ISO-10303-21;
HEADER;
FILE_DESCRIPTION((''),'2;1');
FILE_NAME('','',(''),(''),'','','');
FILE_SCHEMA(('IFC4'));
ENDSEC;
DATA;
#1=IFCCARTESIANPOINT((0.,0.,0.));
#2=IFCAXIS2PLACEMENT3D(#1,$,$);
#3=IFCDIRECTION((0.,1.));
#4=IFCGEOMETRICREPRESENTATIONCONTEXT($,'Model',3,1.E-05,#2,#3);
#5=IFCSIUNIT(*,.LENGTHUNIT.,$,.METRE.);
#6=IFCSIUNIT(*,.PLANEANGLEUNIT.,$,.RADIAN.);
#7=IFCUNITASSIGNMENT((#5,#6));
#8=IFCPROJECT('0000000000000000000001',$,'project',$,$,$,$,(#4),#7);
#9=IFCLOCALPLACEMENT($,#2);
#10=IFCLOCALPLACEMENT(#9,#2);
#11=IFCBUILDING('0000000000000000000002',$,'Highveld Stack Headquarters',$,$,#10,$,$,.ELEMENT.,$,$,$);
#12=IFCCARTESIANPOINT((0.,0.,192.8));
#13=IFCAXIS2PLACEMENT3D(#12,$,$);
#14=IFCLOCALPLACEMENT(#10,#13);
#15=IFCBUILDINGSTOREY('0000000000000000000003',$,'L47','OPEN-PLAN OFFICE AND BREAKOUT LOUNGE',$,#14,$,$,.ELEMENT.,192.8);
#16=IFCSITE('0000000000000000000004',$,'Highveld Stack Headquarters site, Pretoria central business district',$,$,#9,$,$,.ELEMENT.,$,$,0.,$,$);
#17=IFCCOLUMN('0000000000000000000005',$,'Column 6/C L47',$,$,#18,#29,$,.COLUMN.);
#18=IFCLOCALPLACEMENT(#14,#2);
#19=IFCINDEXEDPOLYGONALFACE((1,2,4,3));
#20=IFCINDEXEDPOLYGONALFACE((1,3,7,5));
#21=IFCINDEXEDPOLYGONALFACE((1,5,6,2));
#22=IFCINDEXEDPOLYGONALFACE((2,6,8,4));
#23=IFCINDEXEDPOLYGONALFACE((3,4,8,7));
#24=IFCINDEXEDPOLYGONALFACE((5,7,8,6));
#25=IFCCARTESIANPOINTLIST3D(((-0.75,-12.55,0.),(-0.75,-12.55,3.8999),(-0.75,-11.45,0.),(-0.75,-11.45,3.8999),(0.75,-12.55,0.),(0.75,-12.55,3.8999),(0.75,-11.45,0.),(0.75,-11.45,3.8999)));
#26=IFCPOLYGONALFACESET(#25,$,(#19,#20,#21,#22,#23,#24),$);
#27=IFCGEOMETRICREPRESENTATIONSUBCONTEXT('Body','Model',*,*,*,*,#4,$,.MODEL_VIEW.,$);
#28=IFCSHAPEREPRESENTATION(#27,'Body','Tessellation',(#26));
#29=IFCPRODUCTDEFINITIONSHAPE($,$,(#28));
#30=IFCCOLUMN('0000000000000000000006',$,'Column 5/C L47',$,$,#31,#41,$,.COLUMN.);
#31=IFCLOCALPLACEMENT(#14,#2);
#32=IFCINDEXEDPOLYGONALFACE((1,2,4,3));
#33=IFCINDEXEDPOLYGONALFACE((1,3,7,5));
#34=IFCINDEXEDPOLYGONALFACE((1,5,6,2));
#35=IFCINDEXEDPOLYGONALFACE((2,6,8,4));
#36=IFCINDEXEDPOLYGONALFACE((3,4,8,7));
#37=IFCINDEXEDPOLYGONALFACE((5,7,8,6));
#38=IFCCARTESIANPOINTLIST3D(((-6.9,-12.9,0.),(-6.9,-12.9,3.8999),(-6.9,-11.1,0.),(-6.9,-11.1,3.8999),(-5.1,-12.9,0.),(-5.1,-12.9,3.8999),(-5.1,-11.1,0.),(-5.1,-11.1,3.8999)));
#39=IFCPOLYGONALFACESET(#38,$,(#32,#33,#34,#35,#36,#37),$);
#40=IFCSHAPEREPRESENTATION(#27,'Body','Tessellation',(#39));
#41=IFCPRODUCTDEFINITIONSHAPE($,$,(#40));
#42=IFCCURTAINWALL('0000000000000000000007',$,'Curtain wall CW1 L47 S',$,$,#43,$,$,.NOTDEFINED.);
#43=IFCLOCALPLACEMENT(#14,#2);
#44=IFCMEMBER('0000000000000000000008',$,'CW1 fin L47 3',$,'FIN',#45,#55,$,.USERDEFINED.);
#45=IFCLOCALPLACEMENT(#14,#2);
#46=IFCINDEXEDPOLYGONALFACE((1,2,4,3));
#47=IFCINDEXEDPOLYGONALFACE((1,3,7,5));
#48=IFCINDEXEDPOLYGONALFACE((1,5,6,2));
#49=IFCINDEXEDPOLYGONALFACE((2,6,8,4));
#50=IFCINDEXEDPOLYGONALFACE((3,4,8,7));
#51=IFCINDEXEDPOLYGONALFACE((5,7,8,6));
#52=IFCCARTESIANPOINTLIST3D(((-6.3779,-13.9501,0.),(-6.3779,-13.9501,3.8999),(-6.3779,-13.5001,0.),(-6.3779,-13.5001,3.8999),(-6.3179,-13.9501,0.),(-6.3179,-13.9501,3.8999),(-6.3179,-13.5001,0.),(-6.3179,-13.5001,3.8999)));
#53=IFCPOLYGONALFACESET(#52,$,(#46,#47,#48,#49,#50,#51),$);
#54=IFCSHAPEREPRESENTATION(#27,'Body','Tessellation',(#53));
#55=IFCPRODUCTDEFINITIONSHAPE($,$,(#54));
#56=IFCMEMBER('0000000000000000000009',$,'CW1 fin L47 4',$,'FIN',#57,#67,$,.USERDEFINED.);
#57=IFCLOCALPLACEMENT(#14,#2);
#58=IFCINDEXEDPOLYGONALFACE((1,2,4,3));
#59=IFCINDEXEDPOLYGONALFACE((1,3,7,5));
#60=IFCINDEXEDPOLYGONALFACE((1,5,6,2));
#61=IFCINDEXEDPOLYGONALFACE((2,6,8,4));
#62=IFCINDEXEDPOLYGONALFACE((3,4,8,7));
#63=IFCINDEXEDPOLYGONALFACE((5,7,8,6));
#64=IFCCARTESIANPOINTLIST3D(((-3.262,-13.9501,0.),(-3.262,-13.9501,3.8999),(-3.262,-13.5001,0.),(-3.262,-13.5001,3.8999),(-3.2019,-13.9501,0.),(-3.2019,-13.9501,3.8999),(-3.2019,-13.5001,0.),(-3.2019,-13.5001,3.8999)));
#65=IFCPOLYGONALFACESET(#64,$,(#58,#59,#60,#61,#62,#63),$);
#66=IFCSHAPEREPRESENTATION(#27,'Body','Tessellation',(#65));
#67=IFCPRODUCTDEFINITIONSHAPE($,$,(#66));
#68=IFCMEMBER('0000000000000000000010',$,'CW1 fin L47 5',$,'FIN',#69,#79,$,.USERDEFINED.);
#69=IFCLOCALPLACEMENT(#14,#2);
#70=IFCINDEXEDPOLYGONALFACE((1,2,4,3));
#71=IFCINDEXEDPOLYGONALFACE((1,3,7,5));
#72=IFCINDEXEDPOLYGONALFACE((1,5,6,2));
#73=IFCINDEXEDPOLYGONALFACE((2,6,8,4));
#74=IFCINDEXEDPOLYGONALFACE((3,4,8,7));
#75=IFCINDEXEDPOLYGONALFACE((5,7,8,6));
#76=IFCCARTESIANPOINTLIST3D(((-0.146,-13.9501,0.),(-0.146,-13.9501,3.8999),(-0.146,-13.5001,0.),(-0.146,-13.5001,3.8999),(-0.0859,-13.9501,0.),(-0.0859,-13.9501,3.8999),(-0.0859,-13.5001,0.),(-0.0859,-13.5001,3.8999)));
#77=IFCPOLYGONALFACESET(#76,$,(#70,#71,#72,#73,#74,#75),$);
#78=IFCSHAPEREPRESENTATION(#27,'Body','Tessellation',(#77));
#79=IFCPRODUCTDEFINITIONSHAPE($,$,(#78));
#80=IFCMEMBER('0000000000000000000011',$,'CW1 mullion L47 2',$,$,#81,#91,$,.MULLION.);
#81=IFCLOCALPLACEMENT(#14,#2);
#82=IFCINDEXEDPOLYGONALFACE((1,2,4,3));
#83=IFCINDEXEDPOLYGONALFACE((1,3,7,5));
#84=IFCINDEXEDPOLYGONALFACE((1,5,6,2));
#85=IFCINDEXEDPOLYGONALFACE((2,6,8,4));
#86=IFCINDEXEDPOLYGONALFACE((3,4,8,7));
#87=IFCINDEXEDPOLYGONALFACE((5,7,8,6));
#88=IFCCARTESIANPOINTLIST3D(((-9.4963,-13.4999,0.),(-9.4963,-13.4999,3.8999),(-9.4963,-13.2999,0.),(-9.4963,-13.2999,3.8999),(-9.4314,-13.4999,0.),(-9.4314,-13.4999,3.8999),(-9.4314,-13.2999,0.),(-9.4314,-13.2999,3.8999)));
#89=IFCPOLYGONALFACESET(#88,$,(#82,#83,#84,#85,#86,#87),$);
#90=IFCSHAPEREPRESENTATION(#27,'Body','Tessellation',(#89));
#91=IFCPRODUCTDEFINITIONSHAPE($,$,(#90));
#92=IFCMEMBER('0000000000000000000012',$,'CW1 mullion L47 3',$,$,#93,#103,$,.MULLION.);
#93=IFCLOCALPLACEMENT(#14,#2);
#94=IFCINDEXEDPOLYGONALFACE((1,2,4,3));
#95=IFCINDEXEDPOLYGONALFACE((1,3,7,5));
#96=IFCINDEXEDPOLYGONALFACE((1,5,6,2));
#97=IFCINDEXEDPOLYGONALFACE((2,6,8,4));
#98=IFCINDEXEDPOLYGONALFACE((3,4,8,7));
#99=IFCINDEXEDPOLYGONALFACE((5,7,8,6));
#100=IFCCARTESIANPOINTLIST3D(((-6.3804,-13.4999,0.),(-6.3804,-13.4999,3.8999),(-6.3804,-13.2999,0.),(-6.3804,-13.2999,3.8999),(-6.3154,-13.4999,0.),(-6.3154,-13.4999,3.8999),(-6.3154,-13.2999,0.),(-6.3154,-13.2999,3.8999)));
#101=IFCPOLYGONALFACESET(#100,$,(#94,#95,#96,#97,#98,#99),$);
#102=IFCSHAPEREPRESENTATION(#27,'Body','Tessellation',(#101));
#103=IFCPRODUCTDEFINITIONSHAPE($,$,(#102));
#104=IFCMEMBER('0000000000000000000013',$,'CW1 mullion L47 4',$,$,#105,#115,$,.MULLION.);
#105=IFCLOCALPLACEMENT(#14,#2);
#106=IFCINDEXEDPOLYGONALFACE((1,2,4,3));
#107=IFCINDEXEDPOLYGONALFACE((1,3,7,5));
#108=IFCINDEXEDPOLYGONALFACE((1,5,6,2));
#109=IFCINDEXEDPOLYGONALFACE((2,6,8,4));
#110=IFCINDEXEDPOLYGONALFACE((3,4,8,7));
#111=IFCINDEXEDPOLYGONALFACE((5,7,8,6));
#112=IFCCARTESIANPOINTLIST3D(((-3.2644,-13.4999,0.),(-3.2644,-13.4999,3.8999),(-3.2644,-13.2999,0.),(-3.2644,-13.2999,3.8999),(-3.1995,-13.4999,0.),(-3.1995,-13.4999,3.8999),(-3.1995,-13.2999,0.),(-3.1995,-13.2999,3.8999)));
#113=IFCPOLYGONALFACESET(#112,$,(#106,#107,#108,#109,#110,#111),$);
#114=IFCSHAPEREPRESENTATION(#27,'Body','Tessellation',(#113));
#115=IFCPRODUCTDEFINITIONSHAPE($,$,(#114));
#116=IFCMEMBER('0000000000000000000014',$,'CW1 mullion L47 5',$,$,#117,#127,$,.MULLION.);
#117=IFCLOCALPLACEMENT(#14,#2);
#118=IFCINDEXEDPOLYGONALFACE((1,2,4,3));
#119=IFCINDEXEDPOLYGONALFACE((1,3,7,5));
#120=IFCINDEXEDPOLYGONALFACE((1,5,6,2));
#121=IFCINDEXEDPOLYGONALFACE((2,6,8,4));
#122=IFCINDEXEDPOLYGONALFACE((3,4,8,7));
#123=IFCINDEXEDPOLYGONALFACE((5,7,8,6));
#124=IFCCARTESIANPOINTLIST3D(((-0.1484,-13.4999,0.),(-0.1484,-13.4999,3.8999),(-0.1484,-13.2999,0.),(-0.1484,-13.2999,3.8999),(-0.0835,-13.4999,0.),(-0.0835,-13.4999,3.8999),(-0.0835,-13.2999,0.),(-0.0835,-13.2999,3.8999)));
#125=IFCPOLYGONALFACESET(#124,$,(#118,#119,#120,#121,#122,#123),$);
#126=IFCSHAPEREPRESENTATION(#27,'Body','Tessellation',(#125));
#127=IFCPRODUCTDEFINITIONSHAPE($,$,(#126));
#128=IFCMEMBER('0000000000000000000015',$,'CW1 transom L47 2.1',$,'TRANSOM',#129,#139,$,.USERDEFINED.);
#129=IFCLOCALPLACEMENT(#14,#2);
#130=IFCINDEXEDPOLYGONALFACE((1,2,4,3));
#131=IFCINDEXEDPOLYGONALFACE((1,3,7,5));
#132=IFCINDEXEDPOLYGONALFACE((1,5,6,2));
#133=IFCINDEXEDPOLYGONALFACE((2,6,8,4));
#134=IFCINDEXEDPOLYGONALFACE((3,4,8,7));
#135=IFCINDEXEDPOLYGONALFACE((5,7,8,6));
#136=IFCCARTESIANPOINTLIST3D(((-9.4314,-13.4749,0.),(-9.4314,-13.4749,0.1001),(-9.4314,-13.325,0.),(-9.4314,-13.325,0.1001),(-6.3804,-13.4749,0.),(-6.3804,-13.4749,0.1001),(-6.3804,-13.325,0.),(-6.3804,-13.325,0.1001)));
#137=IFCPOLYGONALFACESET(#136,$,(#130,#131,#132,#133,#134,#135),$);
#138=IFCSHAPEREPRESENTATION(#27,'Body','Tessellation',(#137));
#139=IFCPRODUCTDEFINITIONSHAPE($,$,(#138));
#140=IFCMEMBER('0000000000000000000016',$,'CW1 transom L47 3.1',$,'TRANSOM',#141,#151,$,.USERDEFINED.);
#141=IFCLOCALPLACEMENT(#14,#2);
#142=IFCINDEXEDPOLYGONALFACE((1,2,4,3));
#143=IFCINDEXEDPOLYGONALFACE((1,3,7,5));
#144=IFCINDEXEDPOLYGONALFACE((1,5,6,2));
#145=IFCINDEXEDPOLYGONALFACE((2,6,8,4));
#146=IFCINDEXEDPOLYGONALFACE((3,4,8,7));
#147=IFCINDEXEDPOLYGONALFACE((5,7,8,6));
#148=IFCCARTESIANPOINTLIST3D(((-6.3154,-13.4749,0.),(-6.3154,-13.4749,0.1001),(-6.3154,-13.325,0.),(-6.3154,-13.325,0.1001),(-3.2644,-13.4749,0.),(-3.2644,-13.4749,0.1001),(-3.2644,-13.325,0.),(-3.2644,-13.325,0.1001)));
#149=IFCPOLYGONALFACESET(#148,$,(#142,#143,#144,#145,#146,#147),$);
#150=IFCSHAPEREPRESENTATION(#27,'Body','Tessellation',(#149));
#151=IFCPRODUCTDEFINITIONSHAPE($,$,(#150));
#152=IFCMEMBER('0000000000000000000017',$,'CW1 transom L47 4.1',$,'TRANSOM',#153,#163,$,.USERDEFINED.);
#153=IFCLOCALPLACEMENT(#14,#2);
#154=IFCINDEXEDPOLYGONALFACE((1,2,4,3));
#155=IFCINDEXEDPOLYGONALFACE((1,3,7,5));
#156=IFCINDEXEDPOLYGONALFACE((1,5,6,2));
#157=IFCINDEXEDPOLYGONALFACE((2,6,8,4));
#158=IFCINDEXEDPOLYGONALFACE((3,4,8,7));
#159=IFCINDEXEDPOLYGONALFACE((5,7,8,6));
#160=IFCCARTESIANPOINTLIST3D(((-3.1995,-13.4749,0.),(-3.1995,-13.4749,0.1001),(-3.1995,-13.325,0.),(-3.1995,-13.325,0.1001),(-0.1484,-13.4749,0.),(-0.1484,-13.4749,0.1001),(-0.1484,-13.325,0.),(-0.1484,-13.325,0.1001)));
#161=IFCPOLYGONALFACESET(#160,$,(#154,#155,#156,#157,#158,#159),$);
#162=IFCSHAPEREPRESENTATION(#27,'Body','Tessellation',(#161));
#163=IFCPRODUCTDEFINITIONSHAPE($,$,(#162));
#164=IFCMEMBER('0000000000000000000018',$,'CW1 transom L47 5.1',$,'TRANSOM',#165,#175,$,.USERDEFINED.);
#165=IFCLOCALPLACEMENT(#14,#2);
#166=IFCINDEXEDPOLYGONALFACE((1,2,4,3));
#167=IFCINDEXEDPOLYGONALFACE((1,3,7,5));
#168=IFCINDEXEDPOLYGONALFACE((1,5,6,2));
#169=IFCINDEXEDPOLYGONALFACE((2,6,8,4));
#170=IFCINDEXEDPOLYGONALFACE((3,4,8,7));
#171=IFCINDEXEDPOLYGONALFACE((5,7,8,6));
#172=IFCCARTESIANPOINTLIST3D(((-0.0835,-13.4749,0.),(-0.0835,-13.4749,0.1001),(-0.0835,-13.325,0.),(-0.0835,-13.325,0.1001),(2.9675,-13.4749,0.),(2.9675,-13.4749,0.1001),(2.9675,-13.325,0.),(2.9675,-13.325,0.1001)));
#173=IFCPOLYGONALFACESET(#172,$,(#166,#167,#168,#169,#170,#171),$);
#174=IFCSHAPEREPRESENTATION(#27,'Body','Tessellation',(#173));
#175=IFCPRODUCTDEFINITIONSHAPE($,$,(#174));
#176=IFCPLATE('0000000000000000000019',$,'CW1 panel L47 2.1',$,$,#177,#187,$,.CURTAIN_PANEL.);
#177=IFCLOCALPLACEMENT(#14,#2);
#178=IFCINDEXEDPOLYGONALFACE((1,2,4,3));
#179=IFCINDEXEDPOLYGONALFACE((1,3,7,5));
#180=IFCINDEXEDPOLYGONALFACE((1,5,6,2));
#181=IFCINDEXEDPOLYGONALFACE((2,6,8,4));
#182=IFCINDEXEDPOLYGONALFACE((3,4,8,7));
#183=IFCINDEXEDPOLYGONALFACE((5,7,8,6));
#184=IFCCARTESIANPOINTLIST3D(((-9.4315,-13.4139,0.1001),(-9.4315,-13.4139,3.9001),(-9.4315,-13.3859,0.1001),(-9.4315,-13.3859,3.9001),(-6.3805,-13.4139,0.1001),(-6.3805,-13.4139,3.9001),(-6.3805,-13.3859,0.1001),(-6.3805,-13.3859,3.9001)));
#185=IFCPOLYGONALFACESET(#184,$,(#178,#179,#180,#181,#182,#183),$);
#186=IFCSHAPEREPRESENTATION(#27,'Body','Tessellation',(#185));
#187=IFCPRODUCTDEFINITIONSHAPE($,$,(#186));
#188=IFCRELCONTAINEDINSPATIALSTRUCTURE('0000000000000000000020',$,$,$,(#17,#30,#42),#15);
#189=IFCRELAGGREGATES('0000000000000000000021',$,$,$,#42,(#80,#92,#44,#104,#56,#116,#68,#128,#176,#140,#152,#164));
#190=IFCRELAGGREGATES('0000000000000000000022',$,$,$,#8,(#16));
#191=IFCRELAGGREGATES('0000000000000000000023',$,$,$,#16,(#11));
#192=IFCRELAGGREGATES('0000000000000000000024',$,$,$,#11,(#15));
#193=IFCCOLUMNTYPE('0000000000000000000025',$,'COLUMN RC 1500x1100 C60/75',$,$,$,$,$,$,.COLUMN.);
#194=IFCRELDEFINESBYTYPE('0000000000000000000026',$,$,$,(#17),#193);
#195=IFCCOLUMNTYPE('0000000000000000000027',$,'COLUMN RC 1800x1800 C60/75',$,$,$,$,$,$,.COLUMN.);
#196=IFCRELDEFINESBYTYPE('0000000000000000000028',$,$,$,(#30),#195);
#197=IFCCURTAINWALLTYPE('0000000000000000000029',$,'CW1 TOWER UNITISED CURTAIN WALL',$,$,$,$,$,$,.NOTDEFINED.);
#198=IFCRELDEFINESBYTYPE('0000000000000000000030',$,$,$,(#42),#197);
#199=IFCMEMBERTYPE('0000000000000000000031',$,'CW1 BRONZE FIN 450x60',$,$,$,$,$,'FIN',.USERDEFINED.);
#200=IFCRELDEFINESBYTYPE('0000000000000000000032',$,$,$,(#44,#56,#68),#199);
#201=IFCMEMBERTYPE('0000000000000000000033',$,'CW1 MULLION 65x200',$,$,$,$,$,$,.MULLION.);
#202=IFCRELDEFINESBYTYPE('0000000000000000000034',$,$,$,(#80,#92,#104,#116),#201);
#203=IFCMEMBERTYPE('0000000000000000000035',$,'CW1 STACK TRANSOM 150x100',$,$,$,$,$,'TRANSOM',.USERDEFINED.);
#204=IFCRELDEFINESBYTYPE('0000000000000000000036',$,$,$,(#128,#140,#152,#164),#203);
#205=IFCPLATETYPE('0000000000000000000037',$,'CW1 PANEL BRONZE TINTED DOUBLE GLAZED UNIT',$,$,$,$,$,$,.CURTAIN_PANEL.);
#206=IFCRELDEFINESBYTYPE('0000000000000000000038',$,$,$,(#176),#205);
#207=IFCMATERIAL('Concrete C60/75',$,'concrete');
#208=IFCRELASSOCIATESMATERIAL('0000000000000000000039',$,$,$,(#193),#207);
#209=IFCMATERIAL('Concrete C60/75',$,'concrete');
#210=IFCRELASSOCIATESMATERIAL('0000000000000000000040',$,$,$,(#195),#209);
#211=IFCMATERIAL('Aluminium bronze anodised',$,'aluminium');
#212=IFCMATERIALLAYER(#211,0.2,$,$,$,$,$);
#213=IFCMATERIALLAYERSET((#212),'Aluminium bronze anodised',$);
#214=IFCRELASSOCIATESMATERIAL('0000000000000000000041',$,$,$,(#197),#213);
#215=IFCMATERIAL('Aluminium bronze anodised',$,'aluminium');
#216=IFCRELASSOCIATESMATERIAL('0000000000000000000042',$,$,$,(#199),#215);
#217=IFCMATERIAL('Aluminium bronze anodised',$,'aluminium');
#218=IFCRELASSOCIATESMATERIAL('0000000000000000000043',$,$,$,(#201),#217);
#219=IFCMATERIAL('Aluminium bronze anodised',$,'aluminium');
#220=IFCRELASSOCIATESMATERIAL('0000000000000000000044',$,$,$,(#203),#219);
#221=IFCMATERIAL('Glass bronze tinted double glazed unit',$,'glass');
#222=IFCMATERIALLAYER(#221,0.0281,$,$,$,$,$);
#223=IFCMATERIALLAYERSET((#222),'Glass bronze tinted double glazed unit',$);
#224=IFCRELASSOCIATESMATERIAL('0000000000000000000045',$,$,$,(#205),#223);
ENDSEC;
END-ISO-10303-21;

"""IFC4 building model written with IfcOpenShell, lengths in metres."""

from ifc_helpers import new_model, si_unit, direction, frame, origin, origin_2d, place, context, subcontext, project, spatial, rectangle, extrude, material, layer, layer_set, material_profile, profile_set, type_object, element, aggregate, save


model = new_model("IFC4")

# Units and contexts
model_context = context("Model", 3, precision=1e-05, world=origin(), true_north=direction((0.0, 1.0)))
body_context = subcontext(model_context, "Body", "Model", "MODEL_VIEW")
ifc_project = project(units=[si_unit("LENGTHUNIT", "METRE"), si_unit("PLANEANGLEUNIT", "RADIAN")], contexts=[model_context])

# Site, building, storey
site_placement = place(None, origin())
site = spatial("IfcSite", under=ifc_project, at=site_placement, Name="Highveld Stack Headquarters site, Pretoria central business district", CompositionType="ELEMENT", RefElevation=0.0)
building_placement = place(site_placement, origin())
building = spatial("IfcBuilding", under=site, at=building_placement, Name="Highveld Stack Headquarters", CompositionType="ELEMENT")
storey_placement = place(building_placement, frame((0.0, 0.0, 192.8)))
storey = spatial("IfcBuildingStorey", under=building, at=storey_placement, Name="L47", Description="OPEN-PLAN OFFICE AND BREAKOUT LOUNGE", CompositionType="ELEMENT", Elevation=192.8)

# Columns
ifc_material_1 = material(Name="Concrete C60/75", Category="concrete")
ifc_material_profile_1 = material_profile(ifc_material_1, rectangle(XDim=1.5, YDim=1.1001, at=origin_2d()), Name="RC 1500x1100")
ifc_profile_set_1 = profile_set([ifc_material_profile_1], Name="Concrete C60/75")
column_type_1 = type_object("IfcColumnType", Name="COLUMN RC 1500x1100 C60/75", PredefinedType="COLUMN", material=ifc_profile_set_1)
column_1_placement = place(storey_placement, frame((0.0, -12.0, 0.0), z_axis=(0.0, 0.0, 1.0), x_axis=(1.0, 0.0, 0.0)))
element("IfcColumn", 1, at=column_1_placement, inside=storey, type_object=column_type_1, Name="Column 6/C L47", PredefinedType="COLUMN", context=body_context, shape_type="SweptSolid", body=[
    extrude(rectangle(XDim=1.5, YDim=1.1001, at=origin_2d()), origin(), (0.0, 0.0, 1.0), 3.8999),
])
ifc_material_2 = material(Name="Concrete C60/75", Category="concrete")
ifc_material_profile_2 = material_profile(ifc_material_2, rectangle(XDim=1.8, YDim=1.8, at=origin_2d()), Name="RC 1800x1800")
ifc_profile_set_2 = profile_set([ifc_material_profile_2], Name="Concrete C60/75")
column_type_2 = type_object("IfcColumnType", Name="COLUMN RC 1800x1800 C60/75", PredefinedType="COLUMN", material=ifc_profile_set_2)
column_2_placement = place(storey_placement, frame((-6.0, -12.0, 0.0), z_axis=(0.0, 0.0, 1.0), x_axis=(1.0, 0.0, 0.0)))
element("IfcColumn", 2, at=column_2_placement, inside=storey, type_object=column_type_2, Name="Column 5/C L47", PredefinedType="COLUMN", context=body_context, shape_type="SweptSolid", body=[
    extrude(rectangle(XDim=1.8, YDim=1.8, at=origin_2d()), origin(), (0.0, 0.0, 1.0), 3.8999),
])

# Curtain wall, members, plate
ifc_material_3 = material(Name="Aluminium bronze anodised", Category="aluminium")
ifc_layer_1 = layer(ifc_material_3, 0.2)
ifc_layer_set_1 = layer_set([ifc_layer_1], Name="Aluminium bronze anodised")
curtain_wall_type = type_object("IfcCurtainWallType", Name="CW1 TOWER UNITISED CURTAIN WALL", PredefinedType="NOTDEFINED", material=ifc_layer_set_1)
curtain_wall_placement = place(storey_placement, origin())
curtain_wall = element("IfcCurtainWall", 3, at=curtain_wall_placement, inside=storey, type_object=curtain_wall_type, Name="Curtain wall CW1 L47 S", PredefinedType="NOTDEFINED")
ifc_material_4 = material(Name="Aluminium bronze anodised", Category="aluminium")
ifc_material_profile_3 = material_profile(ifc_material_4, rectangle(XDim=0.45, YDim=0.0601, at=origin_2d()), Name="FIN 450x60")
ifc_profile_set_3 = profile_set([ifc_material_profile_3], Name="Aluminium bronze anodised")
member_type_1 = type_object("IfcMemberType", Name="CW1 BRONZE FIN 450x60", ElementType="FIN", PredefinedType="USERDEFINED", material=ifc_profile_set_3)
member_1_placement = place(storey_placement, frame((-6.3479, -13.7251, 0.0), z_axis=(0.0, 0.0, 1.0), x_axis=(0.0, 1.0, 0.0)))
member_1 = element("IfcMember", 4, at=member_1_placement, type_object=member_type_1, Name="CW1 fin L47 3", ObjectType="FIN", PredefinedType="USERDEFINED", context=body_context, shape_type="SweptSolid", body=[
    extrude(rectangle(XDim=0.45, YDim=0.0601, at=origin_2d()), origin(), (0.0, 0.0, 1.0), 3.8999),
])
member_2_placement = place(storey_placement, frame((-3.2319, -13.7251, 0.0), z_axis=(0.0, 0.0, 1.0), x_axis=(0.0, 1.0, 0.0)))
member_2 = element("IfcMember", 5, at=member_2_placement, type_object=member_type_1, Name="CW1 fin L47 4", ObjectType="FIN", PredefinedType="USERDEFINED", context=body_context, shape_type="SweptSolid", body=[
    extrude(rectangle(XDim=0.45, YDim=0.0601, at=origin_2d()), origin(), (0.0, 0.0, 1.0), 3.8999),
])
member_3_placement = place(storey_placement, frame((-0.116, -13.7251, 0.0), z_axis=(0.0, 0.0, 1.0), x_axis=(0.0, 1.0, 0.0)))
member_3 = element("IfcMember", 6, at=member_3_placement, type_object=member_type_1, Name="CW1 fin L47 5", ObjectType="FIN", PredefinedType="USERDEFINED", context=body_context, shape_type="SweptSolid", body=[
    extrude(rectangle(XDim=0.45, YDim=0.0601, at=origin_2d()), origin(), (0.0, 0.0, 1.0), 3.8999),
])
ifc_material_5 = material(Name="Aluminium bronze anodised", Category="aluminium")
ifc_material_profile_4 = material_profile(ifc_material_5, rectangle(XDim=0.2, YDim=0.0649, at=origin_2d()), Name="CW1 MULLION 65x200")
ifc_profile_set_4 = profile_set([ifc_material_profile_4], Name="Aluminium bronze anodised")
member_type_2 = type_object("IfcMemberType", Name="CW1 MULLION 65x200", PredefinedType="MULLION", material=ifc_profile_set_4)
member_4_placement = place(storey_placement, frame((-9.4639, -13.3999, 0.0), z_axis=(0.0, 0.0, 1.0), x_axis=(0.0, 1.0, 0.0)))
member_4 = element("IfcMember", 7, at=member_4_placement, type_object=member_type_2, Name="CW1 mullion L47 2", PredefinedType="MULLION", context=body_context, shape_type="SweptSolid", body=[
    extrude(rectangle(XDim=0.2, YDim=0.0649, at=origin_2d()), origin(), (0.0, 0.0, 1.0), 3.8999),
])
member_5_placement = place(storey_placement, frame((-6.3479, -13.3999, 0.0), z_axis=(0.0, 0.0, 1.0), x_axis=(0.0, 1.0, 0.0)))
member_5 = element("IfcMember", 8, at=member_5_placement, type_object=member_type_2, Name="CW1 mullion L47 3", PredefinedType="MULLION", context=body_context, shape_type="SweptSolid", body=[
    extrude(rectangle(XDim=0.2, YDim=0.0649, at=origin_2d()), origin(), (0.0, 0.0, 1.0), 3.8999),
])
member_6_placement = place(storey_placement, frame((-3.2319, -13.3999, 0.0), z_axis=(0.0, 0.0, 1.0), x_axis=(0.0, 1.0, 0.0)))
member_6 = element("IfcMember", 9, at=member_6_placement, type_object=member_type_2, Name="CW1 mullion L47 4", PredefinedType="MULLION", context=body_context, shape_type="SweptSolid", body=[
    extrude(rectangle(XDim=0.2, YDim=0.0649, at=origin_2d()), origin(), (0.0, 0.0, 1.0), 3.8999),
])
member_7_placement = place(storey_placement, frame((-0.116, -13.3999, 0.0), z_axis=(0.0, 0.0, 1.0), x_axis=(0.0, 1.0, 0.0)))
member_7 = element("IfcMember", 10, at=member_7_placement, type_object=member_type_2, Name="CW1 mullion L47 5", PredefinedType="MULLION", context=body_context, shape_type="SweptSolid", body=[
    extrude(rectangle(XDim=0.2, YDim=0.0649, at=origin_2d()), origin(), (0.0, 0.0, 1.0), 3.8999),
])
ifc_material_6 = material(Name="Aluminium bronze anodised", Category="aluminium")
ifc_material_profile_5 = material_profile(ifc_material_6, rectangle(XDim=0.1499, YDim=0.1001, at=origin_2d()), Name="CW1 TRANSOM 150x100")
ifc_profile_set_5 = profile_set([ifc_material_profile_5], Name="Aluminium bronze anodised")
member_type_3 = type_object("IfcMemberType", Name="CW1 STACK TRANSOM 150x100", ElementType="TRANSOM", PredefinedType="USERDEFINED", material=ifc_profile_set_5)
member_8_placement = place(storey_placement, frame((-9.4314, -13.3999, 0.05), z_axis=(1.0, 0.0, 0.0), x_axis=(0.0, 1.0, 0.0)))
member_8 = element("IfcMember", 11, at=member_8_placement, type_object=member_type_3, Name="CW1 transom L47 2.1", ObjectType="TRANSOM", PredefinedType="USERDEFINED", context=body_context, shape_type="SweptSolid", body=[
    extrude(rectangle(XDim=0.1499, YDim=0.1001, at=origin_2d()), origin(), (0.0, 0.0, 1.0), 3.051),
])
member_9_placement = place(storey_placement, frame((-6.3154, -13.3999, 0.05), z_axis=(1.0, 0.0, 0.0), x_axis=(0.0, 1.0, 0.0)))
member_9 = element("IfcMember", 12, at=member_9_placement, type_object=member_type_3, Name="CW1 transom L47 3.1", ObjectType="TRANSOM", PredefinedType="USERDEFINED", context=body_context, shape_type="SweptSolid", body=[
    extrude(rectangle(XDim=0.1499, YDim=0.1001, at=origin_2d()), origin(), (0.0, 0.0, 1.0), 3.051),
])
member_10_placement = place(storey_placement, frame((-3.1995, -13.3999, 0.05), z_axis=(1.0, 0.0, 0.0), x_axis=(0.0, 1.0, 0.0)))
member_10 = element("IfcMember", 13, at=member_10_placement, type_object=member_type_3, Name="CW1 transom L47 4.1", ObjectType="TRANSOM", PredefinedType="USERDEFINED", context=body_context, shape_type="SweptSolid", body=[
    extrude(rectangle(XDim=0.1499, YDim=0.1001, at=origin_2d()), origin(), (0.0, 0.0, 1.0), 3.051),
])
member_11_placement = place(storey_placement, frame((-0.0835, -13.3999, 0.05), z_axis=(1.0, 0.0, 0.0), x_axis=(0.0, 1.0, 0.0)))
member_11 = element("IfcMember", 14, at=member_11_placement, type_object=member_type_3, Name="CW1 transom L47 5.1", ObjectType="TRANSOM", PredefinedType="USERDEFINED", context=body_context, shape_type="SweptSolid", body=[
    extrude(rectangle(XDim=0.1499, YDim=0.1001, at=origin_2d()), origin(), (0.0, 0.0, 1.0), 3.051),
])
ifc_material_7 = material(Name="Glass bronze tinted double glazed unit", Category="glass")
ifc_layer_2 = layer(ifc_material_7, 0.0281)
ifc_layer_set_2 = layer_set([ifc_layer_2], Name="Glass bronze tinted double glazed unit")
plate_type = type_object("IfcPlateType", Name="CW1 PANEL BRONZE TINTED DOUBLE GLAZED UNIT", PredefinedType="CURTAIN_PANEL", material=ifc_layer_set_2)
plate_1_placement = place(storey_placement, frame((-7.906, -13.3999, 0.1001), z_axis=(0.0, 0.0, 1.0), x_axis=(1.0, 0.0, 0.0)))
plate_1 = element("IfcPlate", 15, at=plate_1_placement, type_object=plate_type, Name="CW1 panel L47 2.1", PredefinedType="CURTAIN_PANEL", context=body_context, shape_type="SweptSolid", body=[
    extrude(rectangle(XDim=3.051, YDim=0.0281, at=origin_2d()), origin(), (0.0, 0.0, 1.0), 3.8),
])
aggregate(curtain_wall, [member_4, member_5, member_1, member_6, member_2, member_7, member_3, member_8, plate_1, member_9, member_10, member_11])

save(model, "model.ifc")
